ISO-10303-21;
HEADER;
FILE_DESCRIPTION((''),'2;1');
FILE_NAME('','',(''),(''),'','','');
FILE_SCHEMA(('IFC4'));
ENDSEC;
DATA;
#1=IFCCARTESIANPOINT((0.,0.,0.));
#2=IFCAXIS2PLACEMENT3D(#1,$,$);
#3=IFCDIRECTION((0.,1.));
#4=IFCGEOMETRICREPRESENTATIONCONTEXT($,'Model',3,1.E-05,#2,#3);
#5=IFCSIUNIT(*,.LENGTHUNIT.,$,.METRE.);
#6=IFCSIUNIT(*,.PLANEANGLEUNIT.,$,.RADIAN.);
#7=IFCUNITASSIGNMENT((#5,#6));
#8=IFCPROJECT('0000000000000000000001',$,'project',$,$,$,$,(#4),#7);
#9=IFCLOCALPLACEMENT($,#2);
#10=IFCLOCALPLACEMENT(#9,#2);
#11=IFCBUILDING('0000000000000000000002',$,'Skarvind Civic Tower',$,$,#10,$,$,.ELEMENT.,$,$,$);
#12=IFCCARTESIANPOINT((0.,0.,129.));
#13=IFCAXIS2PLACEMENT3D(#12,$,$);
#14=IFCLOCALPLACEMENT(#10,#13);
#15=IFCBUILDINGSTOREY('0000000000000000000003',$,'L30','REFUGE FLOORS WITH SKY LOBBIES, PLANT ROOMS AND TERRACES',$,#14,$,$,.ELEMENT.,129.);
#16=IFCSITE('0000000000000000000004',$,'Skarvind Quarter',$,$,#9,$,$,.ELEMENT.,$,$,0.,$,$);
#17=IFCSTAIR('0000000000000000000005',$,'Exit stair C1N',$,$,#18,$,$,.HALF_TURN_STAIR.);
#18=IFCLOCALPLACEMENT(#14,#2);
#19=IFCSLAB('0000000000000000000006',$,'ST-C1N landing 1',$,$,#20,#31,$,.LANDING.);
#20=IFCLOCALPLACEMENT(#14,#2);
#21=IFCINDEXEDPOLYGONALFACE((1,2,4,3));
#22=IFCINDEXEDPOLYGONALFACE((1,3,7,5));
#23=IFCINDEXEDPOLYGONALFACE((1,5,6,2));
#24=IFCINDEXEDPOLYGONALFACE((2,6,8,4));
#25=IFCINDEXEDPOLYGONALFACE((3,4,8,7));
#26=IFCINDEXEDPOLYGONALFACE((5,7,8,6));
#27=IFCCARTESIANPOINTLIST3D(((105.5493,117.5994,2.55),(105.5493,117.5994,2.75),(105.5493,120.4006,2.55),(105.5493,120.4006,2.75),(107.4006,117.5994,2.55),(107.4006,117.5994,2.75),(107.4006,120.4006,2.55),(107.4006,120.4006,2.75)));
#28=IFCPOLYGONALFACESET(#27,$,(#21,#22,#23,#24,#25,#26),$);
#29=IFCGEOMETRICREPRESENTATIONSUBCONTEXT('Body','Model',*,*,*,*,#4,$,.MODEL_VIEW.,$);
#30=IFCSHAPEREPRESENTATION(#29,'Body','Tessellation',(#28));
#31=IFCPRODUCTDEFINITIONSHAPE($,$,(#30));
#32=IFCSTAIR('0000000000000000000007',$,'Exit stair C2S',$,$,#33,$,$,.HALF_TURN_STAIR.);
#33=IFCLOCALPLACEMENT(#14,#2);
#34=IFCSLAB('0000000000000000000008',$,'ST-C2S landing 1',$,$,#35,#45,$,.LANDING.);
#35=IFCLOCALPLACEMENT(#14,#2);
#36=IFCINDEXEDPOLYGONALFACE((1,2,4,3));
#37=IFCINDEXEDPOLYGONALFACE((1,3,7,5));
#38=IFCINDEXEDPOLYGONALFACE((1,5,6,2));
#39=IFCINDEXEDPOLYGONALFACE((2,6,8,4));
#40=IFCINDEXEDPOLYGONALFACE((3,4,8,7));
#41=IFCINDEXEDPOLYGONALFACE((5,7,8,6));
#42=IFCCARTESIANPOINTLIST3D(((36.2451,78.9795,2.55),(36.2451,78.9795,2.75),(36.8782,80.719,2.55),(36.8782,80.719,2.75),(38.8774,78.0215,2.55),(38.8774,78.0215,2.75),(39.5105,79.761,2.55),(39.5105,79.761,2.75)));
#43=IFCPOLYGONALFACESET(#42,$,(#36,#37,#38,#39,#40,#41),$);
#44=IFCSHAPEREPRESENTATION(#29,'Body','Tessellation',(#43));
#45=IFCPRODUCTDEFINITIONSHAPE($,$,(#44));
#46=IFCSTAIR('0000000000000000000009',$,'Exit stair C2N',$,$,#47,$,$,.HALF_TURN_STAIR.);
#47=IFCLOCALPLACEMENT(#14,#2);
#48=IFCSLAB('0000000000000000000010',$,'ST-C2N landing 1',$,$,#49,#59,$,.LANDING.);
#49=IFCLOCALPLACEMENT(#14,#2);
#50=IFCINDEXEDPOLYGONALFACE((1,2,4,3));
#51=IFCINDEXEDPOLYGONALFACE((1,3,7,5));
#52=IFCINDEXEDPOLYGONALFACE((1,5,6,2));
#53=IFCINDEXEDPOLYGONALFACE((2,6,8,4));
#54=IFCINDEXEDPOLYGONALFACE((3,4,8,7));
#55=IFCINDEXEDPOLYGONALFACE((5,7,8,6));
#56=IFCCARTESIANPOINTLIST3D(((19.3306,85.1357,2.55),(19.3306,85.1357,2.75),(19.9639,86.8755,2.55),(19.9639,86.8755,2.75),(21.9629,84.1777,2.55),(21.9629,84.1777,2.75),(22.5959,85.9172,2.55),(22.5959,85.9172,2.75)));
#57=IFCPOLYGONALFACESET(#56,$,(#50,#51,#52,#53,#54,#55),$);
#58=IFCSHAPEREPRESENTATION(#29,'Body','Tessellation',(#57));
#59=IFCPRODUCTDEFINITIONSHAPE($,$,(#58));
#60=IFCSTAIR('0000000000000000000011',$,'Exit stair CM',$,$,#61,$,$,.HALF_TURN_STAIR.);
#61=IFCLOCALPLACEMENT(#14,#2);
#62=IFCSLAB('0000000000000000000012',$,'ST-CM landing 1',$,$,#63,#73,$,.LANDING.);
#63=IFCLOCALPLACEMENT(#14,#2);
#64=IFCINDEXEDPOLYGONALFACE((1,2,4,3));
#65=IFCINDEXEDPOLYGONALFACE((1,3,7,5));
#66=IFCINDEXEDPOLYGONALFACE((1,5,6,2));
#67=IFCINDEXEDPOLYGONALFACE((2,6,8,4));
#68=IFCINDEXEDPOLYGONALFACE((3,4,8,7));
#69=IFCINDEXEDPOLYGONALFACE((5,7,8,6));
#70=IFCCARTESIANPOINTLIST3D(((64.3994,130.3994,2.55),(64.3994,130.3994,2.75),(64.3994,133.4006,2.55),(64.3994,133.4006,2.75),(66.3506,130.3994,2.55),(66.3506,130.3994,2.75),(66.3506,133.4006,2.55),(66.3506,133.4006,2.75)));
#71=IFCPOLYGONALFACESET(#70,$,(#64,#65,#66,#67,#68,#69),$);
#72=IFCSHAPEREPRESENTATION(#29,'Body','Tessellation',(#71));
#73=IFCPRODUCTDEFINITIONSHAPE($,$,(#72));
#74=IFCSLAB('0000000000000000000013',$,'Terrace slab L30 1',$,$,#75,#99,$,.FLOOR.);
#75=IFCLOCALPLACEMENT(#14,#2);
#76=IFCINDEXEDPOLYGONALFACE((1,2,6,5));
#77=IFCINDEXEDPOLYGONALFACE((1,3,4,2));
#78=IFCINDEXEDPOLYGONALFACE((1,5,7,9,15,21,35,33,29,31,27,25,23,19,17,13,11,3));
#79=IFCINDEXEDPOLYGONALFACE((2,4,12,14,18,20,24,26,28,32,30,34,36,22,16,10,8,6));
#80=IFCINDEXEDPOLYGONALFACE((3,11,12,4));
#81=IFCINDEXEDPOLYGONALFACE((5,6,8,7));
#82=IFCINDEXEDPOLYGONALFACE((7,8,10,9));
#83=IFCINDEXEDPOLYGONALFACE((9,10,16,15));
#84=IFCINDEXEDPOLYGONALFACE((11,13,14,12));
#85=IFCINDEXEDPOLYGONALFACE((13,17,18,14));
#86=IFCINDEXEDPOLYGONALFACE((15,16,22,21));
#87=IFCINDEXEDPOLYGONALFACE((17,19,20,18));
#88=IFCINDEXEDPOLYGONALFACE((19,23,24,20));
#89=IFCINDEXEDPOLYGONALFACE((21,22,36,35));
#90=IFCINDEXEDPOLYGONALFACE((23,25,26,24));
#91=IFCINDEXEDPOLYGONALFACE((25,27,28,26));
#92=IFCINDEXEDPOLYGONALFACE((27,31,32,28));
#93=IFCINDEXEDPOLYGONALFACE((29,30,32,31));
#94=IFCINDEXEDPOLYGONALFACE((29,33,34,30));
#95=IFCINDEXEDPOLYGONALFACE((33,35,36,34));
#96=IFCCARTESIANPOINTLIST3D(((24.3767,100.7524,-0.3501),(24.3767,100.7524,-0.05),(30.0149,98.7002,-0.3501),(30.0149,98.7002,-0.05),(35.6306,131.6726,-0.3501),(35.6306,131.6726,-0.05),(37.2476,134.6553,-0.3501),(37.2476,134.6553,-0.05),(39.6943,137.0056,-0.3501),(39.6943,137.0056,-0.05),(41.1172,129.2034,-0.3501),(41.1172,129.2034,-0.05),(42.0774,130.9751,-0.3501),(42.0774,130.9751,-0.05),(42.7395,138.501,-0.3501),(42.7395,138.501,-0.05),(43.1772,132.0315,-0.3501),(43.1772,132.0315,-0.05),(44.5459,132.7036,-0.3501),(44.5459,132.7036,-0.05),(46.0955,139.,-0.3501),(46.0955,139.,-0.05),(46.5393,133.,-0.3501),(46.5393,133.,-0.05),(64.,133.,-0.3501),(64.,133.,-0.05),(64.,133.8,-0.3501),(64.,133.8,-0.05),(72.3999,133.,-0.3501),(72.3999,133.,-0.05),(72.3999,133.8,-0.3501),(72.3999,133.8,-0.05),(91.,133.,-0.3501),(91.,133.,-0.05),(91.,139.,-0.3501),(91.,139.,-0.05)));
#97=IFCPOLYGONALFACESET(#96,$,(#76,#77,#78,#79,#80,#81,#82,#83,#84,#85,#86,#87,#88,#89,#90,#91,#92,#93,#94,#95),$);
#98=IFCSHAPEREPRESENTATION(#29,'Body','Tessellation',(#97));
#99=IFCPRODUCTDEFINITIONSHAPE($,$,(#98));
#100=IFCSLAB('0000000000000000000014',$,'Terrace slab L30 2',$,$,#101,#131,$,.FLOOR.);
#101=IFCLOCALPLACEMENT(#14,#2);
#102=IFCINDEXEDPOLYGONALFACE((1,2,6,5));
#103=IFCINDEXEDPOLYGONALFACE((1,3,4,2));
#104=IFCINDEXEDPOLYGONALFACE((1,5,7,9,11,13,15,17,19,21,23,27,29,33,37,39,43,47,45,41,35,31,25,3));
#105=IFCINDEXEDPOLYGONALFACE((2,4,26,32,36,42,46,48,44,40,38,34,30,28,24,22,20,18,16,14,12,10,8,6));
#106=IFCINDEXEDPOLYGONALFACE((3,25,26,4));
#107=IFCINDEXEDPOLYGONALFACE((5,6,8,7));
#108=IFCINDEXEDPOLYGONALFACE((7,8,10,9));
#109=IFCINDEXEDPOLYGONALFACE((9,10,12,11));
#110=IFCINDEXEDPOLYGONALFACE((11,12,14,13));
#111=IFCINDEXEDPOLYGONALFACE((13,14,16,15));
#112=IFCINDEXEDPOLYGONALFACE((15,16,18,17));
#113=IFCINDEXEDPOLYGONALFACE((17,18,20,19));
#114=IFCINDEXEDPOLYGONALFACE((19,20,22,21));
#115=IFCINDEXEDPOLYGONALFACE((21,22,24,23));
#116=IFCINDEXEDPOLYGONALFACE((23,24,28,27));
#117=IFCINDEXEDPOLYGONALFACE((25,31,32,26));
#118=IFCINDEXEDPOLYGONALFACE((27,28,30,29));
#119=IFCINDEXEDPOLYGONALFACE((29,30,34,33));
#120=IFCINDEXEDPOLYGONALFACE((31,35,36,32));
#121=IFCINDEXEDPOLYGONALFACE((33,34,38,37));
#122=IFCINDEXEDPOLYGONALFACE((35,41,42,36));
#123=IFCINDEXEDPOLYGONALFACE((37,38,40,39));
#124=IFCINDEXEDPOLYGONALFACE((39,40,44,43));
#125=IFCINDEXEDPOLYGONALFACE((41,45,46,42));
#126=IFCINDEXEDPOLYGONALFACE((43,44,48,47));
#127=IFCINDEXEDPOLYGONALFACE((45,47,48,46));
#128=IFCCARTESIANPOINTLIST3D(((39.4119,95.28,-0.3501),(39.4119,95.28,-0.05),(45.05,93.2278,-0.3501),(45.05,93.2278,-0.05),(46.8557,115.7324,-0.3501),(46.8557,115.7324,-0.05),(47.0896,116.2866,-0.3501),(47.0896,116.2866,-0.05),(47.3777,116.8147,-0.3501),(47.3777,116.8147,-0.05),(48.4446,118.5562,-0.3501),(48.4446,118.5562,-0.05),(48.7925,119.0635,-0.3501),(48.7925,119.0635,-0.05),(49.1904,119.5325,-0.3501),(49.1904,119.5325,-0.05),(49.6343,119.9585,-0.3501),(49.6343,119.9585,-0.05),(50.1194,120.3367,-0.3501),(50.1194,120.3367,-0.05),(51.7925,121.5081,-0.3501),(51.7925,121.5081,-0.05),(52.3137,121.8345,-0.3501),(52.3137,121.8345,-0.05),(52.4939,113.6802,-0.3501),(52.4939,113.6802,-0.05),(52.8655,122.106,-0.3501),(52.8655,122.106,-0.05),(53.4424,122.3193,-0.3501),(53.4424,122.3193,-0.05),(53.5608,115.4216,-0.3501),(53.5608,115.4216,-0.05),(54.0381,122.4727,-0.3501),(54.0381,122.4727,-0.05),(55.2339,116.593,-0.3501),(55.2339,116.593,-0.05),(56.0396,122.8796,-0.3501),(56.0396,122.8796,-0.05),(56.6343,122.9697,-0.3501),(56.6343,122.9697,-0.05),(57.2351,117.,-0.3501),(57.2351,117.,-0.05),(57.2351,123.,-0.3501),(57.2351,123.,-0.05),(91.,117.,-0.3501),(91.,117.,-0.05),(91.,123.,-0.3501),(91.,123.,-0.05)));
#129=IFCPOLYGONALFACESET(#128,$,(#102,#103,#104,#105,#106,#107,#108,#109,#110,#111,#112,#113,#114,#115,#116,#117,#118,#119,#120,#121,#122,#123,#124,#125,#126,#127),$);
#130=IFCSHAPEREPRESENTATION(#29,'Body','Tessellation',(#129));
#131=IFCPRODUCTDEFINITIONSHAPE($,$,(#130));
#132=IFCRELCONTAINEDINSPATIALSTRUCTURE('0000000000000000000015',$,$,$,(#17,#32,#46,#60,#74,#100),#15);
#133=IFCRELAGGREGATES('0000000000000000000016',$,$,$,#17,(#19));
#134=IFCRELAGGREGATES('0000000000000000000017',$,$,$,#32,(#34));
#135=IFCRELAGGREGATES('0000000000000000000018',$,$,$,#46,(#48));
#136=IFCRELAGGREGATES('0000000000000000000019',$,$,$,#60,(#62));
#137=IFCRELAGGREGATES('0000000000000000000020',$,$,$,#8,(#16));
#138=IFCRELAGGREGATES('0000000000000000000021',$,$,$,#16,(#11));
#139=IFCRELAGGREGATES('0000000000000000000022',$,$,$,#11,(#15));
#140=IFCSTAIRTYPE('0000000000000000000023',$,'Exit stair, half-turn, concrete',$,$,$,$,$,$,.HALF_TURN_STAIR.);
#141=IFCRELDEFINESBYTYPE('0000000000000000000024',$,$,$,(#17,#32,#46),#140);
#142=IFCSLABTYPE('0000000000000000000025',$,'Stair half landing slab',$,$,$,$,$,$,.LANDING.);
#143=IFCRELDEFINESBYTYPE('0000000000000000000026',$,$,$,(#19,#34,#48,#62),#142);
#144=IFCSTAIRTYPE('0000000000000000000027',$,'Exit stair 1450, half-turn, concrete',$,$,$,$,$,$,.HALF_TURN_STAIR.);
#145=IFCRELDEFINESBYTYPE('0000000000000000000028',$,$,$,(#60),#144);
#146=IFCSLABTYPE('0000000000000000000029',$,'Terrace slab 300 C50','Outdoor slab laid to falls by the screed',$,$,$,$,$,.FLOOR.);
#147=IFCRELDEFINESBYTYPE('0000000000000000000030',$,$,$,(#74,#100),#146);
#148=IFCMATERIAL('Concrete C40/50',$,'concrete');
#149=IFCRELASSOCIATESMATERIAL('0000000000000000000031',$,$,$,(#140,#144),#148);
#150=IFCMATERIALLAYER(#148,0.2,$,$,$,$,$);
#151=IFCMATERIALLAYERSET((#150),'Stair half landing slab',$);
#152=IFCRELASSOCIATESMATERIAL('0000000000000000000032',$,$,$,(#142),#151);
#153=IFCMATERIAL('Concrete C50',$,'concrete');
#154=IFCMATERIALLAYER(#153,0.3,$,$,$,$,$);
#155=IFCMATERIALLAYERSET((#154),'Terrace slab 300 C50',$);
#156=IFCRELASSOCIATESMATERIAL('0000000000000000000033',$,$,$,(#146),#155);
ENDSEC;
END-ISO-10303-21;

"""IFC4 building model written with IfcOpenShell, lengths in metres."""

from ifc_helpers import new_model, si_unit, direction, frame, origin, place, context, subcontext, project, spatial, polyline, outline, extrude, material, layer, layer_set, type_object, element, aggregate, save


model = new_model("IFC4")

# Units and contexts
model_context = context("Model", 3, precision=1e-05, world=origin(), true_north=direction((0.0, 1.0)))
body_context = subcontext(model_context, "Body", "Model", "MODEL_VIEW")
ifc_project = project(units=[si_unit("LENGTHUNIT", "METRE"), si_unit("PLANEANGLEUNIT", "RADIAN")], contexts=[model_context])

# Site, building, storey
site_placement = place(None, origin())
site = spatial("IfcSite", under=ifc_project, at=site_placement, Name="Skarvind Quarter", CompositionType="ELEMENT", RefElevation=0.0)
building_placement = place(site_placement, origin())
building = spatial("IfcBuilding", under=site, at=building_placement, Name="Skarvind Civic Tower", CompositionType="ELEMENT")
storey_placement = place(building_placement, frame((0.0, 0.0, 129.0)))
storey = spatial("IfcBuildingStorey", under=building, at=storey_placement, Name="L30", Description="REFUGE FLOORS WITH SKY LOBBIES, PLANT ROOMS AND TERRACES", CompositionType="ELEMENT", Elevation=129.0)

# Shared definitions
ifc_material_1 = material(Name="Concrete C50", Category="concrete")
ifc_material_2 = material(Name="Concrete C40/50", Category="concrete")

# Stairs, slabs
stair_type_1 = type_object("IfcStairType", Name="Exit stair, half-turn, concrete", PredefinedType="HALF_TURN_STAIR", material=ifc_material_2)
ifc_layer_1 = layer(ifc_material_2, 0.2)
ifc_layer_set_1 = layer_set([ifc_layer_1], Name="Stair half landing slab")
slab_type_1 = type_object("IfcSlabType", Name="Stair half landing slab", PredefinedType="LANDING", material=ifc_layer_set_1)
stair_1_placement = place(storey_placement, origin())
stair_1 = element("IfcStair", 1, at=stair_1_placement, inside=storey, type_object=stair_type_1, Name="Exit stair C1N", PredefinedType="HALF_TURN_STAIR")
slab_1_placement = place(storey_placement, frame((0.0, 0.0, 2.55)))
slab_1 = element("IfcSlab", 2, at=slab_1_placement, type_object=slab_type_1, Name="ST-C1N landing 1", PredefinedType="LANDING", context=body_context, shape_type="SweptSolid", body=[
    extrude(outline(polyline([(105.5493, 117.5994), (105.5493, 120.4006), (107.4006, 120.4006), (107.4006, 117.5994), (105.5493, 117.5994)])), origin(), (0.0, 0.0, 1.0), 0.2),
])
aggregate(stair_1, [slab_1])
stair_2_placement = place(storey_placement, origin())
stair_2 = element("IfcStair", 3, at=stair_2_placement, inside=storey, type_object=stair_type_1, Name="Exit stair C2S", PredefinedType="HALF_TURN_STAIR")
slab_2_placement = place(storey_placement, frame((0.0, 0.0, 2.55)))
slab_2 = element("IfcSlab", 4, at=slab_2_placement, type_object=slab_type_1, Name="ST-C2S landing 1", PredefinedType="LANDING", context=body_context, shape_type="SweptSolid", body=[
    extrude(outline(polyline([(36.8782, 80.719), (39.5105, 79.761), (38.8774, 78.0215), (36.2451, 78.9795), (36.8782, 80.719)])), origin(), (0.0, 0.0, 1.0), 0.2),
])
aggregate(stair_2, [slab_2])
stair_3_placement = place(storey_placement, origin())
stair_3 = element("IfcStair", 5, at=stair_3_placement, inside=storey, type_object=stair_type_1, Name="Exit stair C2N", PredefinedType="HALF_TURN_STAIR")
slab_3_placement = place(storey_placement, frame((0.0, 0.0, 2.55)))
slab_3 = element("IfcSlab", 6, at=slab_3_placement, type_object=slab_type_1, Name="ST-C2N landing 1", PredefinedType="LANDING", context=body_context, shape_type="SweptSolid", body=[
    extrude(outline(polyline([(19.9639, 86.8755), (22.5959, 85.9172), (21.9629, 84.1777), (19.3306, 85.1357), (19.9639, 86.8755)])), origin(), (0.0, 0.0, 1.0), 0.2),
])
aggregate(stair_3, [slab_3])
stair_type_2 = type_object("IfcStairType", Name="Exit stair 1450, half-turn, concrete", PredefinedType="HALF_TURN_STAIR", material=ifc_material_2)
stair_4_placement = place(storey_placement, origin())
stair_4 = element("IfcStair", 7, at=stair_4_placement, inside=storey, type_object=stair_type_2, Name="Exit stair CM", PredefinedType="HALF_TURN_STAIR")
slab_4_placement = place(storey_placement, frame((0.0, 0.0, 2.55)))
slab_4 = element("IfcSlab", 8, at=slab_4_placement, type_object=slab_type_1, Name="ST-CM landing 1", PredefinedType="LANDING", context=body_context, shape_type="SweptSolid", body=[
    extrude(outline(polyline([(66.3506, 133.4006), (66.3506, 130.3994), (64.3994, 130.3994), (64.3994, 133.4006), (66.3506, 133.4006)])), origin(), (0.0, 0.0, 1.0), 0.2),
])
aggregate(stair_4, [slab_4])

# Slabs
ifc_layer_2 = layer(ifc_material_1, 0.3)
ifc_layer_set_2 = layer_set([ifc_layer_2], Name="Terrace slab 300 C50")
slab_type_2 = type_object("IfcSlabType", Name="Terrace slab 300 C50", Description="Outdoor slab laid to falls by the screed", PredefinedType="FLOOR", material=ifc_layer_set_2)
slab_5_placement = place(storey_placement, frame((0.0, 0.0, -0.3501)))
element("IfcSlab", 9, at=slab_5_placement, inside=storey, type_object=slab_type_2, Name="Terrace slab L30 1", PredefinedType="FLOOR", context=body_context, shape_type="SweptSolid", body=[
    extrude(outline(polyline([(37.2476, 134.6553), (35.6306, 131.6726), (24.3767, 100.7524), (30.0149, 98.7002), (41.1172, 129.2034), (42.0774, 130.9751), (43.1772, 132.0315), (44.5459, 132.7036), (46.5393, 133.0), (64.0, 133.0), (64.0, 133.8), (72.3999, 133.8), (72.3999, 133.0), (91.0, 133.0), (91.0, 139.0), (46.0955, 139.0), (42.7395, 138.501), (39.6943, 137.0056), (37.2476, 134.6553)])), origin(), (0.0, 0.0, 1.0), 0.3),
])
slab_6_placement = place(storey_placement, frame((0.0, 0.0, -0.3501)))
element("IfcSlab", 10, at=slab_6_placement, inside=storey, type_object=slab_type_2, Name="Terrace slab L30 2", PredefinedType="FLOOR", context=body_context, shape_type="SweptSolid", body=[
    extrude(outline(polyline([(55.2339, 116.593), (57.2351, 117.0), (91.0, 117.0), (91.0, 123.0), (57.2351, 123.0), (56.6343, 122.9697), (56.0396, 122.8796), (54.0381, 122.4727), (53.4424, 122.3193), (52.8655, 122.106), (52.3137, 121.8345), (51.7925, 121.5081), (50.1194, 120.3367), (49.6343, 119.9585), (49.1904, 119.5325), (48.7925, 119.0635), (48.4446, 118.5562), (47.3777, 116.8147), (47.0896, 116.2866), (46.8557, 115.7324), (39.4119, 95.28), (45.05, 93.2278), (52.4939, 113.6802), (53.5608, 115.4216), (55.2339, 116.593)])), origin(), (0.0, 0.0, 1.0), 0.3),
])

save(model, "model.ifc")
